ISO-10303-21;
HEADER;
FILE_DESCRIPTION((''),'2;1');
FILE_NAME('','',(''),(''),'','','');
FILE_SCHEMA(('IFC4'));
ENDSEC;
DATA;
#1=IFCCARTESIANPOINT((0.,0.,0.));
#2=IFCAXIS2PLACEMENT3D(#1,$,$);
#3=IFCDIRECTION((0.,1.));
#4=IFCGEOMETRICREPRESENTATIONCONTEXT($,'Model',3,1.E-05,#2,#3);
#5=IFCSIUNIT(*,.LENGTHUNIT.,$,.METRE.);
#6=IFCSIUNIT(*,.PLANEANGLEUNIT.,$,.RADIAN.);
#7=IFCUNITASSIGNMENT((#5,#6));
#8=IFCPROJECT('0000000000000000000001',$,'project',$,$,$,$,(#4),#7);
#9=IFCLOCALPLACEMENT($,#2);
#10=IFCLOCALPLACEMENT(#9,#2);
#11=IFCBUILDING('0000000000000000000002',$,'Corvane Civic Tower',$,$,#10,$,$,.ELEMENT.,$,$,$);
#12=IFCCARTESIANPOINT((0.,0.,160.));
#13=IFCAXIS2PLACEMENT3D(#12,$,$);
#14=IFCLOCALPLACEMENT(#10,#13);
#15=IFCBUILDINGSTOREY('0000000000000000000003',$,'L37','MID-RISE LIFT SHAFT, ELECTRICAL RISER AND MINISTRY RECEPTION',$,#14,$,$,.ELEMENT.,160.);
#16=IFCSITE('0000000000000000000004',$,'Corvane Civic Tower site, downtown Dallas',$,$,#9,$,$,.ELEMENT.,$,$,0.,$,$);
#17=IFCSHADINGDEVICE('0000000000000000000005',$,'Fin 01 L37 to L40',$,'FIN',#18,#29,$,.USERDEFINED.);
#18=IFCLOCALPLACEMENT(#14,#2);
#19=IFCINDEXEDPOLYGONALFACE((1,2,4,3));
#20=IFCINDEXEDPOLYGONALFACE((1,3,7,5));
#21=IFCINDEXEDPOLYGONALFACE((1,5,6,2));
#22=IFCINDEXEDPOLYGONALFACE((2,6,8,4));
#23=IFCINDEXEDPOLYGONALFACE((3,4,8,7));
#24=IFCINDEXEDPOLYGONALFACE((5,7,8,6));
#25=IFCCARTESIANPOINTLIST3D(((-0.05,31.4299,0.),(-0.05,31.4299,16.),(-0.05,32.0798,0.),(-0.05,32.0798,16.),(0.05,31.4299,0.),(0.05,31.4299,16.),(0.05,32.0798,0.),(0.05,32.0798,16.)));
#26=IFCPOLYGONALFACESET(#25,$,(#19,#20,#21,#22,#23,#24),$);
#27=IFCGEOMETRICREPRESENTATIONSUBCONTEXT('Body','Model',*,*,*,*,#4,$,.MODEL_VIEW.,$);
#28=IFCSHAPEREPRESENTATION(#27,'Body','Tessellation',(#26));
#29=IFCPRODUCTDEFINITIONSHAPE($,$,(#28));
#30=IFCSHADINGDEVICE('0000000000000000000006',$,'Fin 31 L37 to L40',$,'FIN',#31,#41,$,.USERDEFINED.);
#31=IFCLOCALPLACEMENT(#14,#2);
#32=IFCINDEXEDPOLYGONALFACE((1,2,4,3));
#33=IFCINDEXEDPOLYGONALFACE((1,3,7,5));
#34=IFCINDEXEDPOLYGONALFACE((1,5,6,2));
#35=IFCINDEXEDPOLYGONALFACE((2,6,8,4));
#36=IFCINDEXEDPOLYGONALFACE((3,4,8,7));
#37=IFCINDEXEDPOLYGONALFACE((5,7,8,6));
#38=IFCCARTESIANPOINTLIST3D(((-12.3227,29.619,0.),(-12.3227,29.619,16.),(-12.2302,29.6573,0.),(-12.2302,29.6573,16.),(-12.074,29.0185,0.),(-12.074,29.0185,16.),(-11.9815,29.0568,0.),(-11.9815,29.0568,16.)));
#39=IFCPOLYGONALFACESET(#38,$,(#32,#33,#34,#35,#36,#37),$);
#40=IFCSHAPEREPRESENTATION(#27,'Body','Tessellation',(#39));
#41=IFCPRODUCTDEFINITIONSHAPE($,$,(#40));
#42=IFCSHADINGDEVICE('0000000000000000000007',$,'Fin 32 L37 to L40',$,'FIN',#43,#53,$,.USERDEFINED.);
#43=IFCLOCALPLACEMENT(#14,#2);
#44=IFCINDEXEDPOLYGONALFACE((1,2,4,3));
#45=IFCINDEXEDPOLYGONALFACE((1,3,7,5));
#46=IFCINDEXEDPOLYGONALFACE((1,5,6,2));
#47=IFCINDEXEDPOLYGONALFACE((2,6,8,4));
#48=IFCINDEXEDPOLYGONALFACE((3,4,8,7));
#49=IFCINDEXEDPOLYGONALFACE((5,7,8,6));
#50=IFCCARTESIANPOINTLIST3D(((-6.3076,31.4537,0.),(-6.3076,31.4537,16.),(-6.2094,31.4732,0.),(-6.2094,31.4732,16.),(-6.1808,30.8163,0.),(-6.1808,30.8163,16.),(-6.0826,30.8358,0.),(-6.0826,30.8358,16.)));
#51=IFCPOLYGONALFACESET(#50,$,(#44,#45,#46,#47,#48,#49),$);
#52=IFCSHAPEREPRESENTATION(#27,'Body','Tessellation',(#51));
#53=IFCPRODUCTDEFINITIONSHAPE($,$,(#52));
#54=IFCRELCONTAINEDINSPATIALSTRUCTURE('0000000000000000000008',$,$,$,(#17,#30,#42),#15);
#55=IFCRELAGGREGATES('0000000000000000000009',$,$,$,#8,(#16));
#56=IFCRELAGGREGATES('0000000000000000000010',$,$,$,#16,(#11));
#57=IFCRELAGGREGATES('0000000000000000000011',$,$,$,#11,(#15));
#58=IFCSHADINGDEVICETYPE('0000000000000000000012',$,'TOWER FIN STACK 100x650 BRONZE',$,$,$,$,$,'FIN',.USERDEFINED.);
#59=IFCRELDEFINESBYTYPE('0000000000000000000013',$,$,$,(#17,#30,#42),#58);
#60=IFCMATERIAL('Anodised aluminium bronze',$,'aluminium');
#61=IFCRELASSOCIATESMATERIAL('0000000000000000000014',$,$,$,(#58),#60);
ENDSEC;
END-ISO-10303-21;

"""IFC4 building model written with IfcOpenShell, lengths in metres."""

from ifc_helpers import new_model, si_unit, direction, frame, origin, origin_2d, place, context, subcontext, project, spatial, rectangle, extrude, material, material_profile, profile_set, type_object, element, save


model = new_model("IFC4")

# Units and contexts
model_context = context("Model", 3, precision=1e-05, world=origin(), true_north=direction((0.0, 1.0)))
body_context = subcontext(model_context, "Body", "Model", "MODEL_VIEW")
ifc_project = project(units=[si_unit("LENGTHUNIT", "METRE"), si_unit("PLANEANGLEUNIT", "RADIAN")], contexts=[model_context])

# Site, building, storey
site_placement = place(None, origin())
site = spatial("IfcSite", under=ifc_project, at=site_placement, Name="Corvane Civic Tower site, downtown Dallas", CompositionType="ELEMENT", RefElevation=0.0)
building_placement = place(site_placement, origin())
building = spatial("IfcBuilding", under=site, at=building_placement, Name="Corvane Civic Tower", CompositionType="ELEMENT")
storey_placement = place(building_placement, frame((0.0, 0.0, 160.0)))
storey = spatial("IfcBuildingStorey", under=building, at=storey_placement, Name="L37", Description="MID-RISE LIFT SHAFT, ELECTRICAL RISER AND MINISTRY RECEPTION", CompositionType="ELEMENT", Elevation=160.0)

# Shading devices
ifc_material_1 = material(Name="Anodised aluminium bronze", Category="aluminium")
ifc_material_profile_1 = material_profile(ifc_material_1, rectangle(XDim=0.1001, YDim=0.6499, at=origin_2d()), Name="TOWER FIN STACK 100x650 BRONZE")
ifc_profile_set_1 = profile_set([ifc_material_profile_1], Name="Anodised aluminium bronze")
shading_device_type = type_object("IfcShadingDeviceType", Name="TOWER FIN STACK 100x650 BRONZE", ElementType="FIN", PredefinedType="USERDEFINED", material=ifc_profile_set_1)
for number, where, z_axis, x_axis, name in (
    (1, (0.0, 31.7549, 0.0), (0.0, 0.0, 1.0), (1.0, 0.0, 0.0), "Fin 01 L37 to L40"),
    (2, (-12.1521, 29.3379, 0.0), (0.0, 0.0, 1.0), (0.92388, 0.382683, 0.0), "Fin 31 L37 to L40"),
    (3, (-6.1951, 31.1448, 0.0), (0.0, 0.0, 1.0), (0.980785, 0.19509, 0.0), "Fin 32 L37 to L40"),
):
    element("IfcShadingDevice", number, at=place(storey_placement, frame(where, z_axis=z_axis, x_axis=x_axis)), inside=storey, type_object=shading_device_type, Name=name, ObjectType="FIN", PredefinedType="USERDEFINED", context=body_context, shape_type="SweptSolid", body=[
        extrude(rectangle(XDim=0.1001, YDim=0.6499, at=origin_2d()), origin(), (0.0, 0.0, 1.0), 16.0),
    ])

save(model, "model.ifc")
